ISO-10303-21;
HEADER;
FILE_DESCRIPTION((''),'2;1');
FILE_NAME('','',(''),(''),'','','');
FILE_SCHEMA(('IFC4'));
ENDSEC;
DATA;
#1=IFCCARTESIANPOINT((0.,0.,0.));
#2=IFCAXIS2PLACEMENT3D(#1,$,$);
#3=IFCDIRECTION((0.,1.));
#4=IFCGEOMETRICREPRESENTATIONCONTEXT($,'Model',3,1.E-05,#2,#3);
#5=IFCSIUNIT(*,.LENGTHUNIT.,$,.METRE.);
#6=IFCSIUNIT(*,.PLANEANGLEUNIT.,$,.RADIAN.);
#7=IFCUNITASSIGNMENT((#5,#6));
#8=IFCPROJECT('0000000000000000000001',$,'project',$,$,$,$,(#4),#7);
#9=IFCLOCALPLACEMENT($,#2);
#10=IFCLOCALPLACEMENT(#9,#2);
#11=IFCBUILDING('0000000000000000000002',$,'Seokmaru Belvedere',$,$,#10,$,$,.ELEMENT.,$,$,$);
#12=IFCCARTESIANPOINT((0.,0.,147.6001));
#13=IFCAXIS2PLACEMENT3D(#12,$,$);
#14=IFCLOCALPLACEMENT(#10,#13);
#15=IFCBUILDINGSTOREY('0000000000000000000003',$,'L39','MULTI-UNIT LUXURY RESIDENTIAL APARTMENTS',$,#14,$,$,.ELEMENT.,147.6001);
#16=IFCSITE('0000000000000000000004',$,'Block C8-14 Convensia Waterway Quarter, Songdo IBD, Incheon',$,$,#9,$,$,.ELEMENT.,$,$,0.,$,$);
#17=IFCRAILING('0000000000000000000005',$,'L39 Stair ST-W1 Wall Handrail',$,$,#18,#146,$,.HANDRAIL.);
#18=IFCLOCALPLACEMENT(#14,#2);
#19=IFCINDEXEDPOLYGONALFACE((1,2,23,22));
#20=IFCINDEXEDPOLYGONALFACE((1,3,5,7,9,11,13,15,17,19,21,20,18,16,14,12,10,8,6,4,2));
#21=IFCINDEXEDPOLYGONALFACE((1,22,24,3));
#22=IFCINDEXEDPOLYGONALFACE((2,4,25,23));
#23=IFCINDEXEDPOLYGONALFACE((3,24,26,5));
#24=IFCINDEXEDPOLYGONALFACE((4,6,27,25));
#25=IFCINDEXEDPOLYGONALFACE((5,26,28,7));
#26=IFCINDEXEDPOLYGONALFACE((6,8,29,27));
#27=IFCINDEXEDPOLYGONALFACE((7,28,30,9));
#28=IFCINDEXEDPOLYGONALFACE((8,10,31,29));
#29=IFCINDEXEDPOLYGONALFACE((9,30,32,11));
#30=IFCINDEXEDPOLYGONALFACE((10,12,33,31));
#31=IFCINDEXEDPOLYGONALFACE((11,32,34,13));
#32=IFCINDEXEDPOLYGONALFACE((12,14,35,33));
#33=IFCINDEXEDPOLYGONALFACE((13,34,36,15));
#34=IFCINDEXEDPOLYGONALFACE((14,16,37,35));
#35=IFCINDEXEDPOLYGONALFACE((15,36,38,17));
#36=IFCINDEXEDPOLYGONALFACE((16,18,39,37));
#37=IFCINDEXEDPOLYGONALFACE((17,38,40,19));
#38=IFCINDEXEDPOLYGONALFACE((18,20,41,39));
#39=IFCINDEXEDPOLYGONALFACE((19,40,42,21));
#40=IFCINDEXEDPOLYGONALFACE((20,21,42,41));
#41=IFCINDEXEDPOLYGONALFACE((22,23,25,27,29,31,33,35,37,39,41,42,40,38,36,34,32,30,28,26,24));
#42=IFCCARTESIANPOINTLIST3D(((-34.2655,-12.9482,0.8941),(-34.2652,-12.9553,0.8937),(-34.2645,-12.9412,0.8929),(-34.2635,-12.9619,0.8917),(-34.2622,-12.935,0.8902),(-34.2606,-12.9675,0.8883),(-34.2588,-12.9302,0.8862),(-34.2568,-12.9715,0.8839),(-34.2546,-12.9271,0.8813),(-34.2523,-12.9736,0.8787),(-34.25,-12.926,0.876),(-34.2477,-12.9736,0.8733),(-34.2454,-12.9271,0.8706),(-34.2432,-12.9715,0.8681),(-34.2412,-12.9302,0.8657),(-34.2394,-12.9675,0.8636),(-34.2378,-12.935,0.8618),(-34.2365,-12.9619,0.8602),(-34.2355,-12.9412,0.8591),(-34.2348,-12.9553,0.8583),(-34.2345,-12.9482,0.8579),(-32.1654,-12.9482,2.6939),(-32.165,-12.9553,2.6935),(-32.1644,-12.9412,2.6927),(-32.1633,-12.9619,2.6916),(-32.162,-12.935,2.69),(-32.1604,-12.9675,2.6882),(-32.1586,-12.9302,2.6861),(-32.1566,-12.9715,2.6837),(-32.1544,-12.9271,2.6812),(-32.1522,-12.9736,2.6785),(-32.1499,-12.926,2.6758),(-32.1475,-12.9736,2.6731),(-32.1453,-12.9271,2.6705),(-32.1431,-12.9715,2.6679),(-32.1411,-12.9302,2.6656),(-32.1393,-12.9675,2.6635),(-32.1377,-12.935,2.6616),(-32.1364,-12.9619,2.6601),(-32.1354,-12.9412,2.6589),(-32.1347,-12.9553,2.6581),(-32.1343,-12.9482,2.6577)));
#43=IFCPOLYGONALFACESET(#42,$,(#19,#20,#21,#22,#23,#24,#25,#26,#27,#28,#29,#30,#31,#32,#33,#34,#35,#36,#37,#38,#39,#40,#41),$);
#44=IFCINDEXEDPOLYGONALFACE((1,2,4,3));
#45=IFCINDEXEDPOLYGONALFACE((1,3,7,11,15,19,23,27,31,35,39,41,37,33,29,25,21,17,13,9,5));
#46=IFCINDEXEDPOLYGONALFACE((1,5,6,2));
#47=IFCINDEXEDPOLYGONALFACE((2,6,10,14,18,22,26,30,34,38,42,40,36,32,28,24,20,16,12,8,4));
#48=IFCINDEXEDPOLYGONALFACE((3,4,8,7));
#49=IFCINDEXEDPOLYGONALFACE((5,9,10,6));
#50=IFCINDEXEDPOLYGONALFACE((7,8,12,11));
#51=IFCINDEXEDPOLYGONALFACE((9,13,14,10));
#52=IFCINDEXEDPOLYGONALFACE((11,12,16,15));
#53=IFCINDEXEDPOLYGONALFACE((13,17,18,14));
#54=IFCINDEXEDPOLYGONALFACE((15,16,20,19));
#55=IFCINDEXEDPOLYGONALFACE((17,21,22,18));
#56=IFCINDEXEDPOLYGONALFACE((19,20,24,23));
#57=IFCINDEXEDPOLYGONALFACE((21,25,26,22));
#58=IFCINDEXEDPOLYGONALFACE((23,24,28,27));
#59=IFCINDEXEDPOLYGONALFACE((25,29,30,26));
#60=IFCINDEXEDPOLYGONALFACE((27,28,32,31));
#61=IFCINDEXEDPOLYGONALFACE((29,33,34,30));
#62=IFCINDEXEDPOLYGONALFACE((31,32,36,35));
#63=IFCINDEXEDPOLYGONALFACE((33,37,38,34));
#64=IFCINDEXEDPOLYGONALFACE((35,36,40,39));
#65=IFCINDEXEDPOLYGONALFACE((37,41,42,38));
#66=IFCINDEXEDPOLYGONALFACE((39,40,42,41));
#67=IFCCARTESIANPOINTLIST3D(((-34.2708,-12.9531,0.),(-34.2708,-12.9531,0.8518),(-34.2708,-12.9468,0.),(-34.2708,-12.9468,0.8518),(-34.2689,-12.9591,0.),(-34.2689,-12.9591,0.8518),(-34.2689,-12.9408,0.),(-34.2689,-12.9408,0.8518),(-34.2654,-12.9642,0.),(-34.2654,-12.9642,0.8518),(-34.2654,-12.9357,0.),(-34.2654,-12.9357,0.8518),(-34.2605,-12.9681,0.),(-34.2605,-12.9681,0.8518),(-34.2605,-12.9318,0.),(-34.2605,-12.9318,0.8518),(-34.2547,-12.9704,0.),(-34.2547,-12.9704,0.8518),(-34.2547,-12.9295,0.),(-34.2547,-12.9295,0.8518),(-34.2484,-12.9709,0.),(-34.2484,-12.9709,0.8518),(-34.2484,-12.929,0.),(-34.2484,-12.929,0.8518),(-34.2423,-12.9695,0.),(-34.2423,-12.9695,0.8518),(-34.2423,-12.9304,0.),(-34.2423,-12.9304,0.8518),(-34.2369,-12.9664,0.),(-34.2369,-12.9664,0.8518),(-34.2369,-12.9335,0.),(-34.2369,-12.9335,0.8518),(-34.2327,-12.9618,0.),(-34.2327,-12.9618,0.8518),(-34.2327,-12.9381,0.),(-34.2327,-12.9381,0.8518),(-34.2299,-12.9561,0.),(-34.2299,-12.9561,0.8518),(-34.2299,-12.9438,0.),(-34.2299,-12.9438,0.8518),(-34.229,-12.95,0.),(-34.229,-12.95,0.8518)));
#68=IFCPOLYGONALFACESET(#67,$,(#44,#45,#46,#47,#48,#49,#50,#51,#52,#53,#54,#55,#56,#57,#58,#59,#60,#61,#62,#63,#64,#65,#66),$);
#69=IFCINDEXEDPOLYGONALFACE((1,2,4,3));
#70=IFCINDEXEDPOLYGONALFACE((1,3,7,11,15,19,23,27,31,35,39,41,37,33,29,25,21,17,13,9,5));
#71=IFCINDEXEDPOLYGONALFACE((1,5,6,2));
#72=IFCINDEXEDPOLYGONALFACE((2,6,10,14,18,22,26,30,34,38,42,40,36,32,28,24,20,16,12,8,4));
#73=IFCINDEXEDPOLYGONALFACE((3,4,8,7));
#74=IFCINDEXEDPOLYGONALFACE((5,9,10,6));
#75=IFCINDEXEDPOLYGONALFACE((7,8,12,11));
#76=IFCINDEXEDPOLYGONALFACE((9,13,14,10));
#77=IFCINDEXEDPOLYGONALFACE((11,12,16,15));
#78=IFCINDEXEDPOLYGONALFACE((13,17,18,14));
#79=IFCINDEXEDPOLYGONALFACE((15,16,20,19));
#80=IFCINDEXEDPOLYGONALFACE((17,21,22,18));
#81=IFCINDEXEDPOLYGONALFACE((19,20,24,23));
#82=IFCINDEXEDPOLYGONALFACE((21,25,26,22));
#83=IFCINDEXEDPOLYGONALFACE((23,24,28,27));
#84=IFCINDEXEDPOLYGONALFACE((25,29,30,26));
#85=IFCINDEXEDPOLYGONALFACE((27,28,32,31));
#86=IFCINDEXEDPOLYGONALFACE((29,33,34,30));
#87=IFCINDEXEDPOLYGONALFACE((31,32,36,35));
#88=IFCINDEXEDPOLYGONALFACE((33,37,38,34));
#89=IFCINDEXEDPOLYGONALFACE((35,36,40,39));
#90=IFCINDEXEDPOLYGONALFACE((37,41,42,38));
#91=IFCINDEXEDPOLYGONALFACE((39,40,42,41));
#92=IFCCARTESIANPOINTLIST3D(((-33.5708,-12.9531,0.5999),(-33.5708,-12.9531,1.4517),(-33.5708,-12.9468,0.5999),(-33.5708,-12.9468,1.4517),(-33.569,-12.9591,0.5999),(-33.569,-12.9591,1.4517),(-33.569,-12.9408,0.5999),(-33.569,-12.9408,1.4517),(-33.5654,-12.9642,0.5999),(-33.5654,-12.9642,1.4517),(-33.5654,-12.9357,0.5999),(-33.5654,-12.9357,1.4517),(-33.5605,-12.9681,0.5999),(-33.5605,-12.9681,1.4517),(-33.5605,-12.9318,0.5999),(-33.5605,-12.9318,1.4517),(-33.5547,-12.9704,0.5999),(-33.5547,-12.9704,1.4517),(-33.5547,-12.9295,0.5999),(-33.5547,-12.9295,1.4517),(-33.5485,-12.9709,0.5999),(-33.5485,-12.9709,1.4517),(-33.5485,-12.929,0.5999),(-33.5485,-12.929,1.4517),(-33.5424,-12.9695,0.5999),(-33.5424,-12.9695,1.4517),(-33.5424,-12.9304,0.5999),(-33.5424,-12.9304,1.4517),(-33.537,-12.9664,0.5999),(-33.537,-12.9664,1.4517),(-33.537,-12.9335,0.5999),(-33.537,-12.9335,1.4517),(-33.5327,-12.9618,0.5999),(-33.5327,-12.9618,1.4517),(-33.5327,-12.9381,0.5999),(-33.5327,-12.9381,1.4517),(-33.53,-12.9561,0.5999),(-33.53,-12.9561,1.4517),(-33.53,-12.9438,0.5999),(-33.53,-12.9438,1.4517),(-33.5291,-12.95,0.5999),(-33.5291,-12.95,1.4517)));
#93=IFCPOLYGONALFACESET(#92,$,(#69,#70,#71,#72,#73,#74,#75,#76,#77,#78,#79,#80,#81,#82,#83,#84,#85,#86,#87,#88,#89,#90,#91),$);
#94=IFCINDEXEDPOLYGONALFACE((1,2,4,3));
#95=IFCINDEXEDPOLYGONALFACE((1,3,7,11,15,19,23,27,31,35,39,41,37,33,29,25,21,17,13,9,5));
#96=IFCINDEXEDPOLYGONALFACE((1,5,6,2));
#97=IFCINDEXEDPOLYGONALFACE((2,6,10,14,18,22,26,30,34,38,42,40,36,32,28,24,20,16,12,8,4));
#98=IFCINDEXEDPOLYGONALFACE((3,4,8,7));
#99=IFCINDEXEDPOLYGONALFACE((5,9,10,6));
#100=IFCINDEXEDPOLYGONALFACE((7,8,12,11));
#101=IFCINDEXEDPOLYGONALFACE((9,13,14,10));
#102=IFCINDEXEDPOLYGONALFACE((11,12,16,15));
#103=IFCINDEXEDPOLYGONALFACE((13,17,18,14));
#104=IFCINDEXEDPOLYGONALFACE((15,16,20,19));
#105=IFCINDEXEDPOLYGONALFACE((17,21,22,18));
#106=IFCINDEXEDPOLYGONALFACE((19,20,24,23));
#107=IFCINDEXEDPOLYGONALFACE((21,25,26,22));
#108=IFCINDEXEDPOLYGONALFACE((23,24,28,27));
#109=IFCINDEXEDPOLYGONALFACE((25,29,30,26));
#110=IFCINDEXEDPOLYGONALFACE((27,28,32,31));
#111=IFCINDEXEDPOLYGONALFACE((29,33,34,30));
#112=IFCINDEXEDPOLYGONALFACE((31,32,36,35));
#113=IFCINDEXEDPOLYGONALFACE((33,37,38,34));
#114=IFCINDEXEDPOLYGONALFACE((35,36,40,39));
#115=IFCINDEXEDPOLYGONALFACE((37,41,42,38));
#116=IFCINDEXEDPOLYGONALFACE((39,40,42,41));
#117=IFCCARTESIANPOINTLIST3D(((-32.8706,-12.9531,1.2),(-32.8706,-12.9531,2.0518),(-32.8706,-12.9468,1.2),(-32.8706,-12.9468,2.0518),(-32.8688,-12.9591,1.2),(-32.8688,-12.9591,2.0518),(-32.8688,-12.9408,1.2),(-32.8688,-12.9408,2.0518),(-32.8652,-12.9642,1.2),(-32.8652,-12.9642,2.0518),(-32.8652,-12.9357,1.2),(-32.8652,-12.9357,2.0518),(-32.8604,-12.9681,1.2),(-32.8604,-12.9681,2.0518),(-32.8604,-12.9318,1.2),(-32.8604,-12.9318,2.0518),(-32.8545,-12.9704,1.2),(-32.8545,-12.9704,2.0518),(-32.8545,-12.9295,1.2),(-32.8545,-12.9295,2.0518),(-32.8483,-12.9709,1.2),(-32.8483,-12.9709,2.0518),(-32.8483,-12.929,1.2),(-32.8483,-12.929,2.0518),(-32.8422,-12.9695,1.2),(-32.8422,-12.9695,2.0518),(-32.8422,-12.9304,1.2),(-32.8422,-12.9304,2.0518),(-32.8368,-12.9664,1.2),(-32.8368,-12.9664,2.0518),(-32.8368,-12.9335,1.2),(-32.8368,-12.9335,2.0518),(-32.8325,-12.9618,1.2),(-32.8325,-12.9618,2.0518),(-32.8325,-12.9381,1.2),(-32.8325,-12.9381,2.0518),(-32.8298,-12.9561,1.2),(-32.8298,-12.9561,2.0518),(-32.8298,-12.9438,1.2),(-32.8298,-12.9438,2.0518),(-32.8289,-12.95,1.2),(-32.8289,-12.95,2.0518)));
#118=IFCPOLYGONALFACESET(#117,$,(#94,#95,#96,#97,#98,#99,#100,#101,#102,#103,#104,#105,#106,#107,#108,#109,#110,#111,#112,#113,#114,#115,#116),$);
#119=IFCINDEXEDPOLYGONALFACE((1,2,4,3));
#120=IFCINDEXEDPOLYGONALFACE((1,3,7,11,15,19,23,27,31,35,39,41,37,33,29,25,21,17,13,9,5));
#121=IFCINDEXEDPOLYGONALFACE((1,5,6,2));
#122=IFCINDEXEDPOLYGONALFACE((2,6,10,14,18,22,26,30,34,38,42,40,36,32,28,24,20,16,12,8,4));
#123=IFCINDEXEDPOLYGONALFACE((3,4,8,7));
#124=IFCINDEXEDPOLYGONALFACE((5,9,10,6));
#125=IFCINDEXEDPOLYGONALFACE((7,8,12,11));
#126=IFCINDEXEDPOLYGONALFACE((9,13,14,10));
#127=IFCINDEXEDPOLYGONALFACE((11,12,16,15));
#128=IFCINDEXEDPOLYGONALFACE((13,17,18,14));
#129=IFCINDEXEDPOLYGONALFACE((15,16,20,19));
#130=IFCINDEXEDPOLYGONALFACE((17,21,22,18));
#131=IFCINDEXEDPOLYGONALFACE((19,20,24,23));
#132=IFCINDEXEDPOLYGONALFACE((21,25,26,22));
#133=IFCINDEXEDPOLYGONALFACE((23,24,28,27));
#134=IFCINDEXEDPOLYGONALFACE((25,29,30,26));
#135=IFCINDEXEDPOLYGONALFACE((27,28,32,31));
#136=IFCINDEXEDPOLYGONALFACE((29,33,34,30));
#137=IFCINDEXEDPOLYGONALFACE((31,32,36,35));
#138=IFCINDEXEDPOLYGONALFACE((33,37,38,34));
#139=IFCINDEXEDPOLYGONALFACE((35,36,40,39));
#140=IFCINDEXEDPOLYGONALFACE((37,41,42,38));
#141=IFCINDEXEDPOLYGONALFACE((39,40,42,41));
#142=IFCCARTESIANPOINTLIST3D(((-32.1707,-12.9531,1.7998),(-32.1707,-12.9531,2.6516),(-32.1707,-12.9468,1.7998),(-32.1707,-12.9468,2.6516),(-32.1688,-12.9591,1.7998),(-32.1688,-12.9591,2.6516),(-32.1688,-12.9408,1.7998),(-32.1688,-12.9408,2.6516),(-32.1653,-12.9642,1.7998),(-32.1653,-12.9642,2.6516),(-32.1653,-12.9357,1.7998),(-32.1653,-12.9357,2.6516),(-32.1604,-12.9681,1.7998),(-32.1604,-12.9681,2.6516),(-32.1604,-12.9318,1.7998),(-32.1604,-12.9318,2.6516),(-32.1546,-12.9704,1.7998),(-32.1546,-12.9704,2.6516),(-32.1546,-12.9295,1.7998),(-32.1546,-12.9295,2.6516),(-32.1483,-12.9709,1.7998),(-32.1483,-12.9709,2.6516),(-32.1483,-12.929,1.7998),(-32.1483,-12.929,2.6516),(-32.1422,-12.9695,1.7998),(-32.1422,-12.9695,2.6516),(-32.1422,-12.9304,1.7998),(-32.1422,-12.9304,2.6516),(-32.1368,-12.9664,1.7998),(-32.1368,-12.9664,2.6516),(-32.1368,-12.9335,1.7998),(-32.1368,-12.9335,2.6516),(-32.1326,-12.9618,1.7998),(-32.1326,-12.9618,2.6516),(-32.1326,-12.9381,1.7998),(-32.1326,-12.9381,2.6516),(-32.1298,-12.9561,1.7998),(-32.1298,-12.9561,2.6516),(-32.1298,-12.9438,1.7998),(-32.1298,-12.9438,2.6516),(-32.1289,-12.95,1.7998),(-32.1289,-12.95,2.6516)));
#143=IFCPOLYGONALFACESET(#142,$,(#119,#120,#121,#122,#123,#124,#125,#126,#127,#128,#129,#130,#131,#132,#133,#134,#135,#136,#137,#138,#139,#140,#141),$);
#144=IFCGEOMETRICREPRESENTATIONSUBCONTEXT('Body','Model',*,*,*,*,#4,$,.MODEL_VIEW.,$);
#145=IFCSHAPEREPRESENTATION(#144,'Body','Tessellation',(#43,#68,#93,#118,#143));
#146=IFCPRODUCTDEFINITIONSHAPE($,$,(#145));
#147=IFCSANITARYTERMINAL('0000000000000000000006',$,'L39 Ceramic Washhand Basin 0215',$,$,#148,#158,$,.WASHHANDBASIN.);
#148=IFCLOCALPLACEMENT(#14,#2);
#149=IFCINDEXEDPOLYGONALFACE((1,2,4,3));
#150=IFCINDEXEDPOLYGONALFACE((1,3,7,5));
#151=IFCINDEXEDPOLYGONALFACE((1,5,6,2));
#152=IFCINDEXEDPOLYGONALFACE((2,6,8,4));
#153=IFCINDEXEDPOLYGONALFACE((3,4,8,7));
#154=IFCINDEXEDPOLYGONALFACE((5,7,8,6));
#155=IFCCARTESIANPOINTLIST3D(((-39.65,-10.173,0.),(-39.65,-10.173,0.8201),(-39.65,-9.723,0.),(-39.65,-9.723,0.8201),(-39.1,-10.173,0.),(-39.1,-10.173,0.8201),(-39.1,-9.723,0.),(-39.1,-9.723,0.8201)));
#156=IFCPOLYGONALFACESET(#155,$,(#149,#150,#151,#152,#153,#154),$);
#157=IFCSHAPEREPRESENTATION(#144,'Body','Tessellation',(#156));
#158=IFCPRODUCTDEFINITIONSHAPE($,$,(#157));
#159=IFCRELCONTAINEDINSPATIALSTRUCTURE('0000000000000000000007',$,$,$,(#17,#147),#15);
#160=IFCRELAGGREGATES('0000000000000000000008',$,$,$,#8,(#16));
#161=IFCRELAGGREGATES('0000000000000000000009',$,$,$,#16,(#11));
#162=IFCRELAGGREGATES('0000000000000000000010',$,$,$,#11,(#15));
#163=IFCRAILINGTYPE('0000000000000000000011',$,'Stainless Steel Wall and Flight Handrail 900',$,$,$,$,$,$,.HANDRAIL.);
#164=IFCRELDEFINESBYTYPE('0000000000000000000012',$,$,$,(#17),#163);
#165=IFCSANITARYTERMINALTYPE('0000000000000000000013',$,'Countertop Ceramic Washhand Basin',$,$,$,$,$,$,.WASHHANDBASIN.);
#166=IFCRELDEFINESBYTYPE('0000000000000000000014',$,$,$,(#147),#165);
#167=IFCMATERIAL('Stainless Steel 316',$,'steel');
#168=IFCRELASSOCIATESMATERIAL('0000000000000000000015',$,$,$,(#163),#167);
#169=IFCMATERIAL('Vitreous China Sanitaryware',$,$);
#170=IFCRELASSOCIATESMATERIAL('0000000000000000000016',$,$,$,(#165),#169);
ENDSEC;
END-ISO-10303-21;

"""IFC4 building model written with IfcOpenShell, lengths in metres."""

from ifc_helpers import new_model, si_unit, direction, frame, origin, origin_2d, place, context, subcontext, project, spatial, rectangle, circle, extrude, source, transform, mapped, material, type_object, type_shapes, element, save


model = new_model("IFC4")

# Units and contexts
model_context = context("Model", 3, precision=1e-05, world=origin(), true_north=direction((0.0, 1.0)))
body_context = subcontext(model_context, "Body", "Model", "MODEL_VIEW")
ifc_project = project(units=[si_unit("LENGTHUNIT", "METRE"), si_unit("PLANEANGLEUNIT", "RADIAN")], contexts=[model_context])

# Site, building, storey
site_placement = place(None, origin())
site = spatial("IfcSite", under=ifc_project, at=site_placement, Name="Block C8-14 Convensia Waterway Quarter, Songdo IBD, Incheon", CompositionType="ELEMENT", RefElevation=0.0)
building_placement = place(site_placement, origin())
building = spatial("IfcBuilding", under=site, at=building_placement, Name="Seokmaru Belvedere", CompositionType="ELEMENT")
storey_placement = place(building_placement, frame((0.0, 0.0, 147.6001)))
storey = spatial("IfcBuildingStorey", under=building, at=storey_placement, Name="L39", Description="MULTI-UNIT LUXURY RESIDENTIAL APARTMENTS", CompositionType="ELEMENT", Elevation=147.6001)

# Railing
ifc_material_1 = material(Name="Stainless Steel 316", Category="steel")
railing_type_1 = type_object("IfcRailingType", Name="Stainless Steel Wall and Flight Handrail 900", PredefinedType="HANDRAIL", material=ifc_material_1)
railing_1_placement = place(storey_placement, frame((-34.25, -12.95, 0.0)))
element("IfcRailing", 1, at=railing_1_placement, inside=storey, type_object=railing_type_1, Name="L39 Stair ST-W1 Wall Handrail", PredefinedType="HANDRAIL", context=body_context, shape_type="SweptSolid", body=[
    extrude(circle(Radius=0.0239, at=origin_2d()), frame((0.0, 0.0, 0.876), z_axis=(0.759306, 0.0, 0.650733), x_axis=(0.0, 1.0, 0.0)), (0.0, 0.0, 1.0), 2.7659),
    extrude(circle(Radius=0.021, at=origin_2d()), origin(), (0.0, 0.0, 1.0), 0.8518),
    extrude(circle(Radius=0.021, at=origin_2d()), frame((0.7, 0.0, 0.5999)), (0.0, 0.0, 1.0), 0.8518),
    extrude(circle(Radius=0.021, at=origin_2d()), frame((1.4001, 0.0, 1.2)), (0.0, 0.0, 1.0), 0.8518),
    extrude(circle(Radius=0.021, at=origin_2d()), frame((2.1001, 0.0, 1.7998)), (0.0, 0.0, 1.0), 0.8518),
])

# Sanitary terminal
ifc_material_2 = material(Name="Vitreous China Sanitaryware")
sanitary_terminal_type = type_object("IfcSanitaryTerminalType", Name="Countertop Ceramic Washhand Basin", PredefinedType="WASHHANDBASIN", material=ifc_material_2)
shared_shape_1 = source(origin(), body_context, "Body", "SweptSolid", [
    extrude(rectangle(XDim=0.55, YDim=0.45, at=origin_2d()), origin(), (0.0, 0.0, 1.0), 0.8201),
])
type_shapes(sanitary_terminal_type, [shared_shape_1])
sanitary_terminal_placement = place(storey_placement, frame((-39.375, -9.948, 0.0), z_axis=(0.0, 0.0, 1.0), x_axis=(1.0, 0.0, 0.0)))
element("IfcSanitaryTerminal", 2, at=sanitary_terminal_placement, inside=storey, type_object=sanitary_terminal_type, Name="L39 Ceramic Washhand Basin 0215", PredefinedType="WASHHANDBASIN", context=body_context, shape_type="MappedRepresentation", body=[
    mapped(shared_shape_1, transform((0.0, 0.0, 0.0), scale=1.0)),
])

save(model, "model.ifc")
